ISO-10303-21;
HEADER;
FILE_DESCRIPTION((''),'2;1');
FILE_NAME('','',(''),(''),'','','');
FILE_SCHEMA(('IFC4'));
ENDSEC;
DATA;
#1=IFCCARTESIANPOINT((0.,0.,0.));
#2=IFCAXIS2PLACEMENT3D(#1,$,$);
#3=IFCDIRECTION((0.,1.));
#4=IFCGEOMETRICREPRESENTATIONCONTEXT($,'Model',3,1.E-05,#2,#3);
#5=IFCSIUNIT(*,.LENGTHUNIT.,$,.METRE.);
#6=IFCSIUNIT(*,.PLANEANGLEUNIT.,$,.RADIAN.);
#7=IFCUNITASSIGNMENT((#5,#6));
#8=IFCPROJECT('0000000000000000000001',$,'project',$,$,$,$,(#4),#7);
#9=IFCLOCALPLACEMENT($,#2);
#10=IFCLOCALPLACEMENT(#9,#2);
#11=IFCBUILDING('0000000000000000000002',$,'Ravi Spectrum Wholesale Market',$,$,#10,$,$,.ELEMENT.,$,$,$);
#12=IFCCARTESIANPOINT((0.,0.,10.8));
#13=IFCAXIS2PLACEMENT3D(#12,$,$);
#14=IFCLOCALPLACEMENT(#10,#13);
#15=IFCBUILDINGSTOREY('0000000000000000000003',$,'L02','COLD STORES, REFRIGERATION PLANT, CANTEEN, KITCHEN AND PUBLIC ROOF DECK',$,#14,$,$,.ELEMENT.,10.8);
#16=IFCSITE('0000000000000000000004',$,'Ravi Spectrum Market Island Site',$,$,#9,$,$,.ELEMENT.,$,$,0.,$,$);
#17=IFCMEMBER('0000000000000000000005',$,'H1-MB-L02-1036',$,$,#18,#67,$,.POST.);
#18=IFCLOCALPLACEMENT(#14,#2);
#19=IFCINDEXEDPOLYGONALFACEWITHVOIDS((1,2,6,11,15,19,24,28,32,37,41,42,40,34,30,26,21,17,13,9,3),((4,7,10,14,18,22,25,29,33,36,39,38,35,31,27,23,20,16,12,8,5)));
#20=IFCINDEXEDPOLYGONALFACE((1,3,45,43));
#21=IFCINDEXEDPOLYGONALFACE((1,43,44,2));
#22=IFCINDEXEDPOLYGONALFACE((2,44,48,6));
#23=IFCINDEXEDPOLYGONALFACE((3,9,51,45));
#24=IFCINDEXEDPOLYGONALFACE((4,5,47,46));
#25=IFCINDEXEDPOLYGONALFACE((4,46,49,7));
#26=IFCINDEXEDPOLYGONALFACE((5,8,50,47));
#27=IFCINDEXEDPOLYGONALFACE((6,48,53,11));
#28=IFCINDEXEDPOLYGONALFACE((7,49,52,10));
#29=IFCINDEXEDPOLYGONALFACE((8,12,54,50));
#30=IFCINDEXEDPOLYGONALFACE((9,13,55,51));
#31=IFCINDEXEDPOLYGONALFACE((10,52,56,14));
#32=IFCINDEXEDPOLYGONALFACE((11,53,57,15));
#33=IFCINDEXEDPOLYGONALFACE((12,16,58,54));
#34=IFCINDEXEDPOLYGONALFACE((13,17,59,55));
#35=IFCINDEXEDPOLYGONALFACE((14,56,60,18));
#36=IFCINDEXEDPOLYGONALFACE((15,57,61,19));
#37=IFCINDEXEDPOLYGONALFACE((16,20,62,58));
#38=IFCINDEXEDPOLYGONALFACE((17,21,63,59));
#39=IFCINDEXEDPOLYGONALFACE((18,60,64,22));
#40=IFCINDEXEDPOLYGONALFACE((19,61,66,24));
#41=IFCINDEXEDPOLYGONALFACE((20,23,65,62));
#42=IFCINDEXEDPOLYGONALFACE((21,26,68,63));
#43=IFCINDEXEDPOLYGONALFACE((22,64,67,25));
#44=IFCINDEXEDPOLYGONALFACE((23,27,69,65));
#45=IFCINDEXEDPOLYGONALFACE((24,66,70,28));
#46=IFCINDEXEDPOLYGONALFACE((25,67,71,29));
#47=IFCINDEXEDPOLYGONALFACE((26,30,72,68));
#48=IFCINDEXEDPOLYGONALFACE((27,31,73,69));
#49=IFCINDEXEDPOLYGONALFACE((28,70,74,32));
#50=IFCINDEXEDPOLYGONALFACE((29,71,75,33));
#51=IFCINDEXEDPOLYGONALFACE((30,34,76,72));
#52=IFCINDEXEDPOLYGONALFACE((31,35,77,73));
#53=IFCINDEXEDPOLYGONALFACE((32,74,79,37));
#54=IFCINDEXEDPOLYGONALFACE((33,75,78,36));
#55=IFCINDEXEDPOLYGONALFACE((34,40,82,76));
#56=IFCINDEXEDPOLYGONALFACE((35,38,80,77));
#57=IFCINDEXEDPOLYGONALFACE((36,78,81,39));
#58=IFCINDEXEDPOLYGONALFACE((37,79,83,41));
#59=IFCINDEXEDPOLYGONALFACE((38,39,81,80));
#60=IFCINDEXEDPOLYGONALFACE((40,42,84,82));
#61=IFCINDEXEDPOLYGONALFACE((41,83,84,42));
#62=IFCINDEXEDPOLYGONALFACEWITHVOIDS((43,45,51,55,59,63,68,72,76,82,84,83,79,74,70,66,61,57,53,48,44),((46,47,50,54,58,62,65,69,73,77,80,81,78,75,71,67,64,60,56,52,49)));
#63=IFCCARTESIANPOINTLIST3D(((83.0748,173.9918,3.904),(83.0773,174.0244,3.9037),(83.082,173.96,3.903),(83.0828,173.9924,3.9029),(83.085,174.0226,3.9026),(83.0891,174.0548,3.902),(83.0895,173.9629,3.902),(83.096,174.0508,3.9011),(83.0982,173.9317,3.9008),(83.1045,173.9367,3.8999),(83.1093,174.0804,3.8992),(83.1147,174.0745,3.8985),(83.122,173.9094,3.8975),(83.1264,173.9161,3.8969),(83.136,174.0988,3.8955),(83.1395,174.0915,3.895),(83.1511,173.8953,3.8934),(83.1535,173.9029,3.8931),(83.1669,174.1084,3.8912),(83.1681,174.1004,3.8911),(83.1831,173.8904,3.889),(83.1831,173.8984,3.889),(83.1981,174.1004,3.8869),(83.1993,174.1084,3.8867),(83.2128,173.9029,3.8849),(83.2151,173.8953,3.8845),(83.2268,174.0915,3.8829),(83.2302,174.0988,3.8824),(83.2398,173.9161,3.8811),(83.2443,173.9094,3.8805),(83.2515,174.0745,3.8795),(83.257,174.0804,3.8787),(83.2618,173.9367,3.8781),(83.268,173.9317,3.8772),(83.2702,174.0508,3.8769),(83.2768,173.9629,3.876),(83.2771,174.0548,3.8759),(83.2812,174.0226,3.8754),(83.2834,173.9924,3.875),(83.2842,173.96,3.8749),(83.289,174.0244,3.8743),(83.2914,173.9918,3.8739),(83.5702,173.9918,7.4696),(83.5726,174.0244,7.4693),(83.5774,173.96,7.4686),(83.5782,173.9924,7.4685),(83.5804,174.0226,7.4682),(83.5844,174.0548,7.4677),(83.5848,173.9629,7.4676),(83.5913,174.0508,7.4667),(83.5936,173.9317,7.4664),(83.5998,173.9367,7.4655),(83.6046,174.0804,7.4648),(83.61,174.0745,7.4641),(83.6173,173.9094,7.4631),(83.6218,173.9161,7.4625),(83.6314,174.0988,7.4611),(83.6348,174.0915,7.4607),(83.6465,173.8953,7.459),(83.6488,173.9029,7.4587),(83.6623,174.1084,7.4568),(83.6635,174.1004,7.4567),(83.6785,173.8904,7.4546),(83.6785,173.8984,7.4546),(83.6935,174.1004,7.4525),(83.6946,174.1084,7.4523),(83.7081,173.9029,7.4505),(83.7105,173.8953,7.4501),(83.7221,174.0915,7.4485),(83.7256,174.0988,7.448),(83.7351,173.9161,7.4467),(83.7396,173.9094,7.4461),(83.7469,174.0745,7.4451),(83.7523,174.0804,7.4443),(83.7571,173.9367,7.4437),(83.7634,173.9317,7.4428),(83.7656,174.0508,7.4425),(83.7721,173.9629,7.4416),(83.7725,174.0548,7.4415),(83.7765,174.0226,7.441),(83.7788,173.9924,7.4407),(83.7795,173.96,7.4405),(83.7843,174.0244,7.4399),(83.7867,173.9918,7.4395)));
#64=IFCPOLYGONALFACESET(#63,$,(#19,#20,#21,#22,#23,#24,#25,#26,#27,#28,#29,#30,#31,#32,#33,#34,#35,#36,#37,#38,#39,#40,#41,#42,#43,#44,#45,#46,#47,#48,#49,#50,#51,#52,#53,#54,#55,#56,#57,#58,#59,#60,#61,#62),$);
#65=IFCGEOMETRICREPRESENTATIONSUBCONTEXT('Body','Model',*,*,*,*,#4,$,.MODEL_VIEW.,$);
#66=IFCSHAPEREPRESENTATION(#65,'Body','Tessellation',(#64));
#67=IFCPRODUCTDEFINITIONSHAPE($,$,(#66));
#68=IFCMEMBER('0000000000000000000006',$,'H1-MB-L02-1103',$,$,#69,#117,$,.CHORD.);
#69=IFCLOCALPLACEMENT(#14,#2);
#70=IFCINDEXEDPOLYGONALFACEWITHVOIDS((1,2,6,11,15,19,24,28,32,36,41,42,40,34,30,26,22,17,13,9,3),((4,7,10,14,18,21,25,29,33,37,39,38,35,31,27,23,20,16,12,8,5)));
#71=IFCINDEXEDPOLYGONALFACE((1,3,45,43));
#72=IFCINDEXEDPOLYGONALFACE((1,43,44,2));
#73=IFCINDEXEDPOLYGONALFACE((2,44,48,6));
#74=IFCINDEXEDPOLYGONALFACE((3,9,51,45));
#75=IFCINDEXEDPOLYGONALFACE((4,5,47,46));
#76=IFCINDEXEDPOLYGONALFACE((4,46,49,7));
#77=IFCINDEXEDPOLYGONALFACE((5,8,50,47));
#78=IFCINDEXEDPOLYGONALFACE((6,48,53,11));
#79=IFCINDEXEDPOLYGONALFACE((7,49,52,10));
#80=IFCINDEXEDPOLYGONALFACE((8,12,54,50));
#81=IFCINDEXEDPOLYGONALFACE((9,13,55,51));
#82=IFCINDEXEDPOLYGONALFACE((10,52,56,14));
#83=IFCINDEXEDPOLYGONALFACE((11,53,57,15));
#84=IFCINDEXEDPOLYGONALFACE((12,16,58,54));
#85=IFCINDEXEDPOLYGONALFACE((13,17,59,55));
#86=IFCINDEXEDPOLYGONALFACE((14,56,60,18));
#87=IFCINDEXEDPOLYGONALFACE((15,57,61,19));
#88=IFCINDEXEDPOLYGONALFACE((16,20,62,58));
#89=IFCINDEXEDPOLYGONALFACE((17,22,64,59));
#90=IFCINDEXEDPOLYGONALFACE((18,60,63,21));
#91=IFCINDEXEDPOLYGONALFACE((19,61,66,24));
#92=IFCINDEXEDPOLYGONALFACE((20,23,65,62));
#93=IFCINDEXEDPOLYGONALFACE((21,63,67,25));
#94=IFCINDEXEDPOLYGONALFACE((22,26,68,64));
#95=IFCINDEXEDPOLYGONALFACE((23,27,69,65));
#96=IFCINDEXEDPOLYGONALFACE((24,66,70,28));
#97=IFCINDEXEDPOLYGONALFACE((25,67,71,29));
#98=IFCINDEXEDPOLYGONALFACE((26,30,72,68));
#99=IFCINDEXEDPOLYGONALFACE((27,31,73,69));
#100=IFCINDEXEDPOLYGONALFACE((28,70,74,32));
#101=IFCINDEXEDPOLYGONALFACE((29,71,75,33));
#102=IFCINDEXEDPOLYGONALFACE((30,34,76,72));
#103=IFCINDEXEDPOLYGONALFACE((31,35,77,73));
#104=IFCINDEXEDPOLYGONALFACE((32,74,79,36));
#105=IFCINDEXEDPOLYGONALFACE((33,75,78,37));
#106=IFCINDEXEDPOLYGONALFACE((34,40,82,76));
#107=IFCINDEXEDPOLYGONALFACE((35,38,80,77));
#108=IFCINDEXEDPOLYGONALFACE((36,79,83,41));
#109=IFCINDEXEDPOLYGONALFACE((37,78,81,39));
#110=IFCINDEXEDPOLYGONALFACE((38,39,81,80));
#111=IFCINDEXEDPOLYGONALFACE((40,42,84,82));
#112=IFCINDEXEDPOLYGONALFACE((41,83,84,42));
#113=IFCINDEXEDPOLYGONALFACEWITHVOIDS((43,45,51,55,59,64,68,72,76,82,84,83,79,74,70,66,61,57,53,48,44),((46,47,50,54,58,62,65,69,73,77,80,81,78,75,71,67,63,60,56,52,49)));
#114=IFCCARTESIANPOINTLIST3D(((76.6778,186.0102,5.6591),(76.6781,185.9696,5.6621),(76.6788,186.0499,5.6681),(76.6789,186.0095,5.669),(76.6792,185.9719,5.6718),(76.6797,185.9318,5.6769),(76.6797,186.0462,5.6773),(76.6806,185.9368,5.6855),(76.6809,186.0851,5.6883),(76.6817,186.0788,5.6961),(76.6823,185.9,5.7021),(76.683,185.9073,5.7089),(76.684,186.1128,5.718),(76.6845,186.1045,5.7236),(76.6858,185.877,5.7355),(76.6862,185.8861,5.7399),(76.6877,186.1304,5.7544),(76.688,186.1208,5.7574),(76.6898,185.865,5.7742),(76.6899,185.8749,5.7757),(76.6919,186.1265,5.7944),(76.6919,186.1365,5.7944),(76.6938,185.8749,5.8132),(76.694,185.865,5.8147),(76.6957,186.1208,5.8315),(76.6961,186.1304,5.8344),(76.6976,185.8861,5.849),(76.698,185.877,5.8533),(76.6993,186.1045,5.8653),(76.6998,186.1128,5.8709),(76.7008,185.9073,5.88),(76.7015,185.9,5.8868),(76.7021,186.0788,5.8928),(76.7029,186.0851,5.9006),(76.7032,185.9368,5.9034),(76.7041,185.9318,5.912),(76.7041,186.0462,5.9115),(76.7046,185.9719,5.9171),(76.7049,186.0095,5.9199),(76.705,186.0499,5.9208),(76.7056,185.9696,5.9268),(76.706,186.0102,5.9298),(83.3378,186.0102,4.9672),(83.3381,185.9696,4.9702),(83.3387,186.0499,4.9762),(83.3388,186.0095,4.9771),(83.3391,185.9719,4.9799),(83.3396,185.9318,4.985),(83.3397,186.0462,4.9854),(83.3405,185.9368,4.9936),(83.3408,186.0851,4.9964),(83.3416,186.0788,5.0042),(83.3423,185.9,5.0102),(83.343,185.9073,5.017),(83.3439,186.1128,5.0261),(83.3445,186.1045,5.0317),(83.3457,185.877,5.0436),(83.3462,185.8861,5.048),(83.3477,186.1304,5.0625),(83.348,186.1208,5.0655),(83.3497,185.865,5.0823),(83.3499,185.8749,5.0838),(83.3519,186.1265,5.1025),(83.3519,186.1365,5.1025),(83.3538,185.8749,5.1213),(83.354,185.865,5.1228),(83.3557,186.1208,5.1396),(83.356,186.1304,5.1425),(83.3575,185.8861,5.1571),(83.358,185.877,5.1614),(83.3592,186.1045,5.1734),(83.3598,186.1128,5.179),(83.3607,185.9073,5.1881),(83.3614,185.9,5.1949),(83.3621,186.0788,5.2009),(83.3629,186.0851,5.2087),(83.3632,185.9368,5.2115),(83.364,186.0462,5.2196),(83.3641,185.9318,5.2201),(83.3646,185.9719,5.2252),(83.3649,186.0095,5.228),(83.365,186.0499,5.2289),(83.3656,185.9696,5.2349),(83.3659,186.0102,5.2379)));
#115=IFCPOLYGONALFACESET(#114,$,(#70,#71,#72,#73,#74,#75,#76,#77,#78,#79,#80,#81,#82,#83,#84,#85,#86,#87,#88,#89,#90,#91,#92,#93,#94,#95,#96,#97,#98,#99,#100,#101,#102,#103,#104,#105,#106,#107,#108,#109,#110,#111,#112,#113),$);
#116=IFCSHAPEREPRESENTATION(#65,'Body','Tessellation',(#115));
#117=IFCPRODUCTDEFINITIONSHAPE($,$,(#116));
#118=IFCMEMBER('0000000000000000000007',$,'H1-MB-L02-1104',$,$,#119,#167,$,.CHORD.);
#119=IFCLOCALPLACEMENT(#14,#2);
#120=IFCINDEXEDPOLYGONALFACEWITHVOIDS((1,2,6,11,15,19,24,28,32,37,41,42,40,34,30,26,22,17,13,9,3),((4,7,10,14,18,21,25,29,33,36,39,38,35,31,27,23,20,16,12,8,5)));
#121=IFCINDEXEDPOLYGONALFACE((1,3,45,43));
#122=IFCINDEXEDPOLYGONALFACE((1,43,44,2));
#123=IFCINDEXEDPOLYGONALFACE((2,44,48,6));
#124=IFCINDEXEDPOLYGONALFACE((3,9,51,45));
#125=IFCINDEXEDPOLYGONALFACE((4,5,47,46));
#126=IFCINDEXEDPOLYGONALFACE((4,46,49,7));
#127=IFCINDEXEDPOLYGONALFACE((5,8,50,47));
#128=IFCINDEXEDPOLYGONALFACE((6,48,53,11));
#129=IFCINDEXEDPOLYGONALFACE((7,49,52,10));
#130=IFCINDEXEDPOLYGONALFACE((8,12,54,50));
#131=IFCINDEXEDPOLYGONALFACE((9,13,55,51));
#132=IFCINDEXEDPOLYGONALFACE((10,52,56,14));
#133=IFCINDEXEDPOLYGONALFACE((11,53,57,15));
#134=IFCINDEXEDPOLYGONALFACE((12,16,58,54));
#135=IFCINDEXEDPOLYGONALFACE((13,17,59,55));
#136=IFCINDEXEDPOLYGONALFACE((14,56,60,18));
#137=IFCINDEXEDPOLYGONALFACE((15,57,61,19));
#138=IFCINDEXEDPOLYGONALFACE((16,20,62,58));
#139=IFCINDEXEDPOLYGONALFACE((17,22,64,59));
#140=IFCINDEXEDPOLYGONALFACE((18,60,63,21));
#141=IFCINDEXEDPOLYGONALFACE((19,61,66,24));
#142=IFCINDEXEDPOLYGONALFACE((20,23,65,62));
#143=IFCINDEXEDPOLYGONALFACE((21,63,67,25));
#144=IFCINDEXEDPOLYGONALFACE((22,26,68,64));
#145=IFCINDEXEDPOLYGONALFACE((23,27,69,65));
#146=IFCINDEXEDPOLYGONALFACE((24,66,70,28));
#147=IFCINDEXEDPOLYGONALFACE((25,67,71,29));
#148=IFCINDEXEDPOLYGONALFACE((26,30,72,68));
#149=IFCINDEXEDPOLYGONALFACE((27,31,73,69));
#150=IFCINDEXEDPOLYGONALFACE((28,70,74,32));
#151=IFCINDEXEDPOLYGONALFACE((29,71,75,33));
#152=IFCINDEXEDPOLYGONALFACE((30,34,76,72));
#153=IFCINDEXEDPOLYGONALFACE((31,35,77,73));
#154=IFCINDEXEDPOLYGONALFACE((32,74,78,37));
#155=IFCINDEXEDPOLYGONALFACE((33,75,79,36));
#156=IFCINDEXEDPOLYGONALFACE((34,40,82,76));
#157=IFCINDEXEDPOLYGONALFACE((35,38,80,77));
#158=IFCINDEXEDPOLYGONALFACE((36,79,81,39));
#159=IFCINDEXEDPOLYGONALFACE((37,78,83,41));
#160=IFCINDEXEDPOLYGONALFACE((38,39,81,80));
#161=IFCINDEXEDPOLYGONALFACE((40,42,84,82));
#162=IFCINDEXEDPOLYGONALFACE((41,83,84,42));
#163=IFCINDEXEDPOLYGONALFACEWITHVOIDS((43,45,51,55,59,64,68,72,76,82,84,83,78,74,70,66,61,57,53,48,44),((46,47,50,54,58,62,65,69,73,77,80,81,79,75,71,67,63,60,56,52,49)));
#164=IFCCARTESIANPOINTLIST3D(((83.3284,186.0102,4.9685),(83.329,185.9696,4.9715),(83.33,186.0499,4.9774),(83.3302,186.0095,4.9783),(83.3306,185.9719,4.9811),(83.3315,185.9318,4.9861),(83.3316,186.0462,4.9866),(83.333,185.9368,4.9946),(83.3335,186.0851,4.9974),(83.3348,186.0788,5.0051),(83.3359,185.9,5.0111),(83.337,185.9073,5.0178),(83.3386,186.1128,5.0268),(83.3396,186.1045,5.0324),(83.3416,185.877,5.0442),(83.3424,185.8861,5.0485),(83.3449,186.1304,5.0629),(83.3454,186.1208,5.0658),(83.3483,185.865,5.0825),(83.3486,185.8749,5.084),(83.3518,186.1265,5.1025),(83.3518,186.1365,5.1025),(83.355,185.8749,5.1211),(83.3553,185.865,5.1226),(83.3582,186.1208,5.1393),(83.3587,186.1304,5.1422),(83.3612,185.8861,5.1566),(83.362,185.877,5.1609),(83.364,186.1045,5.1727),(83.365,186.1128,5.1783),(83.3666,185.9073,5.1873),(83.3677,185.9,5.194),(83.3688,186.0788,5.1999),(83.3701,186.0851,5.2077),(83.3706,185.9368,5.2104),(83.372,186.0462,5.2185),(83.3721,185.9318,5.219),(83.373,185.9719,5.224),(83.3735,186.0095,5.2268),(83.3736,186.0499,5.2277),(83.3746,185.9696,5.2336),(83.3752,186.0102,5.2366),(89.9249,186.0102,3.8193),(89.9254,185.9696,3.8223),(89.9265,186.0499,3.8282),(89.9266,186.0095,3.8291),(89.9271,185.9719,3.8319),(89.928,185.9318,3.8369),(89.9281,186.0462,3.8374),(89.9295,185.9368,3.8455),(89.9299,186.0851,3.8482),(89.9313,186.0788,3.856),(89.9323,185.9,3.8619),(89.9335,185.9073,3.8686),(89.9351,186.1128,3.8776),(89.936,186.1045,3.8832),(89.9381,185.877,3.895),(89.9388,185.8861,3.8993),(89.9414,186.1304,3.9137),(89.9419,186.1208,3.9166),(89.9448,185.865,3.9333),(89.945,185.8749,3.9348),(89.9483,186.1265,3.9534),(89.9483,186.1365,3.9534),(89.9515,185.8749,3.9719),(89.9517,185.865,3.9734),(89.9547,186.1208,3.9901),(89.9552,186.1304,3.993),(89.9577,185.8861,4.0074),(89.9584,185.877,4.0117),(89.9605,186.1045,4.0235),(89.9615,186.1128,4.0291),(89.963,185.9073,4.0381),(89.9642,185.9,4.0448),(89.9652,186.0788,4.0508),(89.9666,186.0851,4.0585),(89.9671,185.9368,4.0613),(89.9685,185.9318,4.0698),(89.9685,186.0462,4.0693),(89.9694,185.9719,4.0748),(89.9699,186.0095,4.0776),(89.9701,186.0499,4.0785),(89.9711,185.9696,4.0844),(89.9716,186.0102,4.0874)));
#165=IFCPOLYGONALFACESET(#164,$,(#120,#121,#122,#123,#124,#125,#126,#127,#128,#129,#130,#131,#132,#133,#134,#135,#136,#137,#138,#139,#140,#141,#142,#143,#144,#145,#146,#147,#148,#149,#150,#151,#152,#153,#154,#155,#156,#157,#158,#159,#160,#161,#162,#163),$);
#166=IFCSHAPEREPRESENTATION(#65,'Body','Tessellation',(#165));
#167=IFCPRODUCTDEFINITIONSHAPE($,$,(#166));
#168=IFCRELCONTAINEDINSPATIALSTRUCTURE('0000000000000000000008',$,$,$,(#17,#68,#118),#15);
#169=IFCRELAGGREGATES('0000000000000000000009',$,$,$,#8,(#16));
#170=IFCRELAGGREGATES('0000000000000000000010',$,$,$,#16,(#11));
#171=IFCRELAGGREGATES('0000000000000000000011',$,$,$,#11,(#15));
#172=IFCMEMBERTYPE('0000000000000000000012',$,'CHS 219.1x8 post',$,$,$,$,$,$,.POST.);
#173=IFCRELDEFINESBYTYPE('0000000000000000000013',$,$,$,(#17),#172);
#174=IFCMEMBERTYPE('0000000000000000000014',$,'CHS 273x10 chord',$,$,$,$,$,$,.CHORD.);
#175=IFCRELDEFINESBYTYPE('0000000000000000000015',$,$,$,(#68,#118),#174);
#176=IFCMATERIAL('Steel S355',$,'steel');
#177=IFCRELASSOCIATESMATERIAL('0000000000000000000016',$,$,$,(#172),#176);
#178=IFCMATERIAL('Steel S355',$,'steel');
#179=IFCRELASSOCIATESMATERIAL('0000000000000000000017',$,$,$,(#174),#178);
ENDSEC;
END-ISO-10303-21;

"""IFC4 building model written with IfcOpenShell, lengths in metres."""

from ifc_helpers import new_model, si_unit, direction, frame, origin, origin_2d, place, context, subcontext, project, spatial, hollow_circle, extrude, material, material_profile, profile_set, type_object, element, save


model = new_model("IFC4")

# Units and contexts
model_context = context("Model", 3, precision=1e-05, world=origin(), true_north=direction((0.0, 1.0)))
body_context = subcontext(model_context, "Body", "Model", "MODEL_VIEW")
ifc_project = project(units=[si_unit("LENGTHUNIT", "METRE"), si_unit("PLANEANGLEUNIT", "RADIAN")], contexts=[model_context])

# Site, building, storey
site_placement = place(None, origin())
site = spatial("IfcSite", under=ifc_project, at=site_placement, Name="Ravi Spectrum Market Island Site", CompositionType="ELEMENT", RefElevation=0.0)
building_placement = place(site_placement, origin())
building = spatial("IfcBuilding", under=site, at=building_placement, Name="Ravi Spectrum Wholesale Market", CompositionType="ELEMENT")
storey_placement = place(building_placement, frame((0.0, 0.0, 10.8)))
storey = spatial("IfcBuildingStorey", under=building, at=storey_placement, Name="L02", Description="COLD STORES, REFRIGERATION PLANT, CANTEEN, KITCHEN AND PUBLIC ROOF DECK", CompositionType="ELEMENT", Elevation=10.8)

# Members
ifc_material_1 = material(Name="Steel S355", Category="steel")
ifc_material_profile_1 = material_profile(ifc_material_1, hollow_circle(Radius=0.1096, WallThickness=0.0081, at=origin_2d()))
ifc_profile_set_1 = profile_set([ifc_material_profile_1], Name="Steel S355")
member_type_1 = type_object("IfcMemberType", Name="CHS 219.1x8 post", PredefinedType="POST", material=ifc_profile_set_1)
member_1_placement = place(storey_placement, frame((83.6785, 174.0, 7.4546), z_axis=(-0.137603, 0.0, -0.990487), x_axis=(0.0, -1.0, 0.0)))
element("IfcMember", 1, at=member_1_placement, inside=storey, type_object=member_type_1, Name="H1-MB-L02-1036", PredefinedType="POST", context=body_context, shape_type="SweptSolid", body=[
    extrude(hollow_circle(Radius=0.1096, WallThickness=0.0081, at=origin_2d()), origin(), (0.0, 0.0, 1.0), 3.5999),
])
ifc_material_2 = material(Name="Steel S355", Category="steel")
ifc_material_profile_2 = material_profile(ifc_material_2, hollow_circle(Radius=0.1365, WallThickness=0.01, at=origin_2d()))
ifc_profile_set_2 = profile_set([ifc_material_profile_2], Name="Steel S355")
member_type_2 = type_object("IfcMemberType", Name="CHS 273x10 chord", PredefinedType="CHORD", material=ifc_profile_set_2)
for number, where, z_axis, x_axis, name in (
    (2, (76.6919, 186.0, 5.7944), (0.994647, 0.0, -0.103333), (0.0, 1.0, 0.0), "H1-MB-L02-1103"),
    (3, (83.3518, 186.0, 5.1025), (0.985162, 0.0, -0.171626), (0.0, 1.0, 0.0), "H1-MB-L02-1104"),
):
    element("IfcMember", number, at=place(storey_placement, frame(where, z_axis=z_axis, x_axis=x_axis)), inside=storey, type_object=member_type_2, Name=name, PredefinedType="CHORD", context=body_context, shape_type="SweptSolid", body=[
        extrude(hollow_circle(Radius=0.1365, WallThickness=0.01, at=origin_2d()), origin(), (0.0, 0.0, 1.0), 6.6958),
    ])

save(model, "model.ifc")
